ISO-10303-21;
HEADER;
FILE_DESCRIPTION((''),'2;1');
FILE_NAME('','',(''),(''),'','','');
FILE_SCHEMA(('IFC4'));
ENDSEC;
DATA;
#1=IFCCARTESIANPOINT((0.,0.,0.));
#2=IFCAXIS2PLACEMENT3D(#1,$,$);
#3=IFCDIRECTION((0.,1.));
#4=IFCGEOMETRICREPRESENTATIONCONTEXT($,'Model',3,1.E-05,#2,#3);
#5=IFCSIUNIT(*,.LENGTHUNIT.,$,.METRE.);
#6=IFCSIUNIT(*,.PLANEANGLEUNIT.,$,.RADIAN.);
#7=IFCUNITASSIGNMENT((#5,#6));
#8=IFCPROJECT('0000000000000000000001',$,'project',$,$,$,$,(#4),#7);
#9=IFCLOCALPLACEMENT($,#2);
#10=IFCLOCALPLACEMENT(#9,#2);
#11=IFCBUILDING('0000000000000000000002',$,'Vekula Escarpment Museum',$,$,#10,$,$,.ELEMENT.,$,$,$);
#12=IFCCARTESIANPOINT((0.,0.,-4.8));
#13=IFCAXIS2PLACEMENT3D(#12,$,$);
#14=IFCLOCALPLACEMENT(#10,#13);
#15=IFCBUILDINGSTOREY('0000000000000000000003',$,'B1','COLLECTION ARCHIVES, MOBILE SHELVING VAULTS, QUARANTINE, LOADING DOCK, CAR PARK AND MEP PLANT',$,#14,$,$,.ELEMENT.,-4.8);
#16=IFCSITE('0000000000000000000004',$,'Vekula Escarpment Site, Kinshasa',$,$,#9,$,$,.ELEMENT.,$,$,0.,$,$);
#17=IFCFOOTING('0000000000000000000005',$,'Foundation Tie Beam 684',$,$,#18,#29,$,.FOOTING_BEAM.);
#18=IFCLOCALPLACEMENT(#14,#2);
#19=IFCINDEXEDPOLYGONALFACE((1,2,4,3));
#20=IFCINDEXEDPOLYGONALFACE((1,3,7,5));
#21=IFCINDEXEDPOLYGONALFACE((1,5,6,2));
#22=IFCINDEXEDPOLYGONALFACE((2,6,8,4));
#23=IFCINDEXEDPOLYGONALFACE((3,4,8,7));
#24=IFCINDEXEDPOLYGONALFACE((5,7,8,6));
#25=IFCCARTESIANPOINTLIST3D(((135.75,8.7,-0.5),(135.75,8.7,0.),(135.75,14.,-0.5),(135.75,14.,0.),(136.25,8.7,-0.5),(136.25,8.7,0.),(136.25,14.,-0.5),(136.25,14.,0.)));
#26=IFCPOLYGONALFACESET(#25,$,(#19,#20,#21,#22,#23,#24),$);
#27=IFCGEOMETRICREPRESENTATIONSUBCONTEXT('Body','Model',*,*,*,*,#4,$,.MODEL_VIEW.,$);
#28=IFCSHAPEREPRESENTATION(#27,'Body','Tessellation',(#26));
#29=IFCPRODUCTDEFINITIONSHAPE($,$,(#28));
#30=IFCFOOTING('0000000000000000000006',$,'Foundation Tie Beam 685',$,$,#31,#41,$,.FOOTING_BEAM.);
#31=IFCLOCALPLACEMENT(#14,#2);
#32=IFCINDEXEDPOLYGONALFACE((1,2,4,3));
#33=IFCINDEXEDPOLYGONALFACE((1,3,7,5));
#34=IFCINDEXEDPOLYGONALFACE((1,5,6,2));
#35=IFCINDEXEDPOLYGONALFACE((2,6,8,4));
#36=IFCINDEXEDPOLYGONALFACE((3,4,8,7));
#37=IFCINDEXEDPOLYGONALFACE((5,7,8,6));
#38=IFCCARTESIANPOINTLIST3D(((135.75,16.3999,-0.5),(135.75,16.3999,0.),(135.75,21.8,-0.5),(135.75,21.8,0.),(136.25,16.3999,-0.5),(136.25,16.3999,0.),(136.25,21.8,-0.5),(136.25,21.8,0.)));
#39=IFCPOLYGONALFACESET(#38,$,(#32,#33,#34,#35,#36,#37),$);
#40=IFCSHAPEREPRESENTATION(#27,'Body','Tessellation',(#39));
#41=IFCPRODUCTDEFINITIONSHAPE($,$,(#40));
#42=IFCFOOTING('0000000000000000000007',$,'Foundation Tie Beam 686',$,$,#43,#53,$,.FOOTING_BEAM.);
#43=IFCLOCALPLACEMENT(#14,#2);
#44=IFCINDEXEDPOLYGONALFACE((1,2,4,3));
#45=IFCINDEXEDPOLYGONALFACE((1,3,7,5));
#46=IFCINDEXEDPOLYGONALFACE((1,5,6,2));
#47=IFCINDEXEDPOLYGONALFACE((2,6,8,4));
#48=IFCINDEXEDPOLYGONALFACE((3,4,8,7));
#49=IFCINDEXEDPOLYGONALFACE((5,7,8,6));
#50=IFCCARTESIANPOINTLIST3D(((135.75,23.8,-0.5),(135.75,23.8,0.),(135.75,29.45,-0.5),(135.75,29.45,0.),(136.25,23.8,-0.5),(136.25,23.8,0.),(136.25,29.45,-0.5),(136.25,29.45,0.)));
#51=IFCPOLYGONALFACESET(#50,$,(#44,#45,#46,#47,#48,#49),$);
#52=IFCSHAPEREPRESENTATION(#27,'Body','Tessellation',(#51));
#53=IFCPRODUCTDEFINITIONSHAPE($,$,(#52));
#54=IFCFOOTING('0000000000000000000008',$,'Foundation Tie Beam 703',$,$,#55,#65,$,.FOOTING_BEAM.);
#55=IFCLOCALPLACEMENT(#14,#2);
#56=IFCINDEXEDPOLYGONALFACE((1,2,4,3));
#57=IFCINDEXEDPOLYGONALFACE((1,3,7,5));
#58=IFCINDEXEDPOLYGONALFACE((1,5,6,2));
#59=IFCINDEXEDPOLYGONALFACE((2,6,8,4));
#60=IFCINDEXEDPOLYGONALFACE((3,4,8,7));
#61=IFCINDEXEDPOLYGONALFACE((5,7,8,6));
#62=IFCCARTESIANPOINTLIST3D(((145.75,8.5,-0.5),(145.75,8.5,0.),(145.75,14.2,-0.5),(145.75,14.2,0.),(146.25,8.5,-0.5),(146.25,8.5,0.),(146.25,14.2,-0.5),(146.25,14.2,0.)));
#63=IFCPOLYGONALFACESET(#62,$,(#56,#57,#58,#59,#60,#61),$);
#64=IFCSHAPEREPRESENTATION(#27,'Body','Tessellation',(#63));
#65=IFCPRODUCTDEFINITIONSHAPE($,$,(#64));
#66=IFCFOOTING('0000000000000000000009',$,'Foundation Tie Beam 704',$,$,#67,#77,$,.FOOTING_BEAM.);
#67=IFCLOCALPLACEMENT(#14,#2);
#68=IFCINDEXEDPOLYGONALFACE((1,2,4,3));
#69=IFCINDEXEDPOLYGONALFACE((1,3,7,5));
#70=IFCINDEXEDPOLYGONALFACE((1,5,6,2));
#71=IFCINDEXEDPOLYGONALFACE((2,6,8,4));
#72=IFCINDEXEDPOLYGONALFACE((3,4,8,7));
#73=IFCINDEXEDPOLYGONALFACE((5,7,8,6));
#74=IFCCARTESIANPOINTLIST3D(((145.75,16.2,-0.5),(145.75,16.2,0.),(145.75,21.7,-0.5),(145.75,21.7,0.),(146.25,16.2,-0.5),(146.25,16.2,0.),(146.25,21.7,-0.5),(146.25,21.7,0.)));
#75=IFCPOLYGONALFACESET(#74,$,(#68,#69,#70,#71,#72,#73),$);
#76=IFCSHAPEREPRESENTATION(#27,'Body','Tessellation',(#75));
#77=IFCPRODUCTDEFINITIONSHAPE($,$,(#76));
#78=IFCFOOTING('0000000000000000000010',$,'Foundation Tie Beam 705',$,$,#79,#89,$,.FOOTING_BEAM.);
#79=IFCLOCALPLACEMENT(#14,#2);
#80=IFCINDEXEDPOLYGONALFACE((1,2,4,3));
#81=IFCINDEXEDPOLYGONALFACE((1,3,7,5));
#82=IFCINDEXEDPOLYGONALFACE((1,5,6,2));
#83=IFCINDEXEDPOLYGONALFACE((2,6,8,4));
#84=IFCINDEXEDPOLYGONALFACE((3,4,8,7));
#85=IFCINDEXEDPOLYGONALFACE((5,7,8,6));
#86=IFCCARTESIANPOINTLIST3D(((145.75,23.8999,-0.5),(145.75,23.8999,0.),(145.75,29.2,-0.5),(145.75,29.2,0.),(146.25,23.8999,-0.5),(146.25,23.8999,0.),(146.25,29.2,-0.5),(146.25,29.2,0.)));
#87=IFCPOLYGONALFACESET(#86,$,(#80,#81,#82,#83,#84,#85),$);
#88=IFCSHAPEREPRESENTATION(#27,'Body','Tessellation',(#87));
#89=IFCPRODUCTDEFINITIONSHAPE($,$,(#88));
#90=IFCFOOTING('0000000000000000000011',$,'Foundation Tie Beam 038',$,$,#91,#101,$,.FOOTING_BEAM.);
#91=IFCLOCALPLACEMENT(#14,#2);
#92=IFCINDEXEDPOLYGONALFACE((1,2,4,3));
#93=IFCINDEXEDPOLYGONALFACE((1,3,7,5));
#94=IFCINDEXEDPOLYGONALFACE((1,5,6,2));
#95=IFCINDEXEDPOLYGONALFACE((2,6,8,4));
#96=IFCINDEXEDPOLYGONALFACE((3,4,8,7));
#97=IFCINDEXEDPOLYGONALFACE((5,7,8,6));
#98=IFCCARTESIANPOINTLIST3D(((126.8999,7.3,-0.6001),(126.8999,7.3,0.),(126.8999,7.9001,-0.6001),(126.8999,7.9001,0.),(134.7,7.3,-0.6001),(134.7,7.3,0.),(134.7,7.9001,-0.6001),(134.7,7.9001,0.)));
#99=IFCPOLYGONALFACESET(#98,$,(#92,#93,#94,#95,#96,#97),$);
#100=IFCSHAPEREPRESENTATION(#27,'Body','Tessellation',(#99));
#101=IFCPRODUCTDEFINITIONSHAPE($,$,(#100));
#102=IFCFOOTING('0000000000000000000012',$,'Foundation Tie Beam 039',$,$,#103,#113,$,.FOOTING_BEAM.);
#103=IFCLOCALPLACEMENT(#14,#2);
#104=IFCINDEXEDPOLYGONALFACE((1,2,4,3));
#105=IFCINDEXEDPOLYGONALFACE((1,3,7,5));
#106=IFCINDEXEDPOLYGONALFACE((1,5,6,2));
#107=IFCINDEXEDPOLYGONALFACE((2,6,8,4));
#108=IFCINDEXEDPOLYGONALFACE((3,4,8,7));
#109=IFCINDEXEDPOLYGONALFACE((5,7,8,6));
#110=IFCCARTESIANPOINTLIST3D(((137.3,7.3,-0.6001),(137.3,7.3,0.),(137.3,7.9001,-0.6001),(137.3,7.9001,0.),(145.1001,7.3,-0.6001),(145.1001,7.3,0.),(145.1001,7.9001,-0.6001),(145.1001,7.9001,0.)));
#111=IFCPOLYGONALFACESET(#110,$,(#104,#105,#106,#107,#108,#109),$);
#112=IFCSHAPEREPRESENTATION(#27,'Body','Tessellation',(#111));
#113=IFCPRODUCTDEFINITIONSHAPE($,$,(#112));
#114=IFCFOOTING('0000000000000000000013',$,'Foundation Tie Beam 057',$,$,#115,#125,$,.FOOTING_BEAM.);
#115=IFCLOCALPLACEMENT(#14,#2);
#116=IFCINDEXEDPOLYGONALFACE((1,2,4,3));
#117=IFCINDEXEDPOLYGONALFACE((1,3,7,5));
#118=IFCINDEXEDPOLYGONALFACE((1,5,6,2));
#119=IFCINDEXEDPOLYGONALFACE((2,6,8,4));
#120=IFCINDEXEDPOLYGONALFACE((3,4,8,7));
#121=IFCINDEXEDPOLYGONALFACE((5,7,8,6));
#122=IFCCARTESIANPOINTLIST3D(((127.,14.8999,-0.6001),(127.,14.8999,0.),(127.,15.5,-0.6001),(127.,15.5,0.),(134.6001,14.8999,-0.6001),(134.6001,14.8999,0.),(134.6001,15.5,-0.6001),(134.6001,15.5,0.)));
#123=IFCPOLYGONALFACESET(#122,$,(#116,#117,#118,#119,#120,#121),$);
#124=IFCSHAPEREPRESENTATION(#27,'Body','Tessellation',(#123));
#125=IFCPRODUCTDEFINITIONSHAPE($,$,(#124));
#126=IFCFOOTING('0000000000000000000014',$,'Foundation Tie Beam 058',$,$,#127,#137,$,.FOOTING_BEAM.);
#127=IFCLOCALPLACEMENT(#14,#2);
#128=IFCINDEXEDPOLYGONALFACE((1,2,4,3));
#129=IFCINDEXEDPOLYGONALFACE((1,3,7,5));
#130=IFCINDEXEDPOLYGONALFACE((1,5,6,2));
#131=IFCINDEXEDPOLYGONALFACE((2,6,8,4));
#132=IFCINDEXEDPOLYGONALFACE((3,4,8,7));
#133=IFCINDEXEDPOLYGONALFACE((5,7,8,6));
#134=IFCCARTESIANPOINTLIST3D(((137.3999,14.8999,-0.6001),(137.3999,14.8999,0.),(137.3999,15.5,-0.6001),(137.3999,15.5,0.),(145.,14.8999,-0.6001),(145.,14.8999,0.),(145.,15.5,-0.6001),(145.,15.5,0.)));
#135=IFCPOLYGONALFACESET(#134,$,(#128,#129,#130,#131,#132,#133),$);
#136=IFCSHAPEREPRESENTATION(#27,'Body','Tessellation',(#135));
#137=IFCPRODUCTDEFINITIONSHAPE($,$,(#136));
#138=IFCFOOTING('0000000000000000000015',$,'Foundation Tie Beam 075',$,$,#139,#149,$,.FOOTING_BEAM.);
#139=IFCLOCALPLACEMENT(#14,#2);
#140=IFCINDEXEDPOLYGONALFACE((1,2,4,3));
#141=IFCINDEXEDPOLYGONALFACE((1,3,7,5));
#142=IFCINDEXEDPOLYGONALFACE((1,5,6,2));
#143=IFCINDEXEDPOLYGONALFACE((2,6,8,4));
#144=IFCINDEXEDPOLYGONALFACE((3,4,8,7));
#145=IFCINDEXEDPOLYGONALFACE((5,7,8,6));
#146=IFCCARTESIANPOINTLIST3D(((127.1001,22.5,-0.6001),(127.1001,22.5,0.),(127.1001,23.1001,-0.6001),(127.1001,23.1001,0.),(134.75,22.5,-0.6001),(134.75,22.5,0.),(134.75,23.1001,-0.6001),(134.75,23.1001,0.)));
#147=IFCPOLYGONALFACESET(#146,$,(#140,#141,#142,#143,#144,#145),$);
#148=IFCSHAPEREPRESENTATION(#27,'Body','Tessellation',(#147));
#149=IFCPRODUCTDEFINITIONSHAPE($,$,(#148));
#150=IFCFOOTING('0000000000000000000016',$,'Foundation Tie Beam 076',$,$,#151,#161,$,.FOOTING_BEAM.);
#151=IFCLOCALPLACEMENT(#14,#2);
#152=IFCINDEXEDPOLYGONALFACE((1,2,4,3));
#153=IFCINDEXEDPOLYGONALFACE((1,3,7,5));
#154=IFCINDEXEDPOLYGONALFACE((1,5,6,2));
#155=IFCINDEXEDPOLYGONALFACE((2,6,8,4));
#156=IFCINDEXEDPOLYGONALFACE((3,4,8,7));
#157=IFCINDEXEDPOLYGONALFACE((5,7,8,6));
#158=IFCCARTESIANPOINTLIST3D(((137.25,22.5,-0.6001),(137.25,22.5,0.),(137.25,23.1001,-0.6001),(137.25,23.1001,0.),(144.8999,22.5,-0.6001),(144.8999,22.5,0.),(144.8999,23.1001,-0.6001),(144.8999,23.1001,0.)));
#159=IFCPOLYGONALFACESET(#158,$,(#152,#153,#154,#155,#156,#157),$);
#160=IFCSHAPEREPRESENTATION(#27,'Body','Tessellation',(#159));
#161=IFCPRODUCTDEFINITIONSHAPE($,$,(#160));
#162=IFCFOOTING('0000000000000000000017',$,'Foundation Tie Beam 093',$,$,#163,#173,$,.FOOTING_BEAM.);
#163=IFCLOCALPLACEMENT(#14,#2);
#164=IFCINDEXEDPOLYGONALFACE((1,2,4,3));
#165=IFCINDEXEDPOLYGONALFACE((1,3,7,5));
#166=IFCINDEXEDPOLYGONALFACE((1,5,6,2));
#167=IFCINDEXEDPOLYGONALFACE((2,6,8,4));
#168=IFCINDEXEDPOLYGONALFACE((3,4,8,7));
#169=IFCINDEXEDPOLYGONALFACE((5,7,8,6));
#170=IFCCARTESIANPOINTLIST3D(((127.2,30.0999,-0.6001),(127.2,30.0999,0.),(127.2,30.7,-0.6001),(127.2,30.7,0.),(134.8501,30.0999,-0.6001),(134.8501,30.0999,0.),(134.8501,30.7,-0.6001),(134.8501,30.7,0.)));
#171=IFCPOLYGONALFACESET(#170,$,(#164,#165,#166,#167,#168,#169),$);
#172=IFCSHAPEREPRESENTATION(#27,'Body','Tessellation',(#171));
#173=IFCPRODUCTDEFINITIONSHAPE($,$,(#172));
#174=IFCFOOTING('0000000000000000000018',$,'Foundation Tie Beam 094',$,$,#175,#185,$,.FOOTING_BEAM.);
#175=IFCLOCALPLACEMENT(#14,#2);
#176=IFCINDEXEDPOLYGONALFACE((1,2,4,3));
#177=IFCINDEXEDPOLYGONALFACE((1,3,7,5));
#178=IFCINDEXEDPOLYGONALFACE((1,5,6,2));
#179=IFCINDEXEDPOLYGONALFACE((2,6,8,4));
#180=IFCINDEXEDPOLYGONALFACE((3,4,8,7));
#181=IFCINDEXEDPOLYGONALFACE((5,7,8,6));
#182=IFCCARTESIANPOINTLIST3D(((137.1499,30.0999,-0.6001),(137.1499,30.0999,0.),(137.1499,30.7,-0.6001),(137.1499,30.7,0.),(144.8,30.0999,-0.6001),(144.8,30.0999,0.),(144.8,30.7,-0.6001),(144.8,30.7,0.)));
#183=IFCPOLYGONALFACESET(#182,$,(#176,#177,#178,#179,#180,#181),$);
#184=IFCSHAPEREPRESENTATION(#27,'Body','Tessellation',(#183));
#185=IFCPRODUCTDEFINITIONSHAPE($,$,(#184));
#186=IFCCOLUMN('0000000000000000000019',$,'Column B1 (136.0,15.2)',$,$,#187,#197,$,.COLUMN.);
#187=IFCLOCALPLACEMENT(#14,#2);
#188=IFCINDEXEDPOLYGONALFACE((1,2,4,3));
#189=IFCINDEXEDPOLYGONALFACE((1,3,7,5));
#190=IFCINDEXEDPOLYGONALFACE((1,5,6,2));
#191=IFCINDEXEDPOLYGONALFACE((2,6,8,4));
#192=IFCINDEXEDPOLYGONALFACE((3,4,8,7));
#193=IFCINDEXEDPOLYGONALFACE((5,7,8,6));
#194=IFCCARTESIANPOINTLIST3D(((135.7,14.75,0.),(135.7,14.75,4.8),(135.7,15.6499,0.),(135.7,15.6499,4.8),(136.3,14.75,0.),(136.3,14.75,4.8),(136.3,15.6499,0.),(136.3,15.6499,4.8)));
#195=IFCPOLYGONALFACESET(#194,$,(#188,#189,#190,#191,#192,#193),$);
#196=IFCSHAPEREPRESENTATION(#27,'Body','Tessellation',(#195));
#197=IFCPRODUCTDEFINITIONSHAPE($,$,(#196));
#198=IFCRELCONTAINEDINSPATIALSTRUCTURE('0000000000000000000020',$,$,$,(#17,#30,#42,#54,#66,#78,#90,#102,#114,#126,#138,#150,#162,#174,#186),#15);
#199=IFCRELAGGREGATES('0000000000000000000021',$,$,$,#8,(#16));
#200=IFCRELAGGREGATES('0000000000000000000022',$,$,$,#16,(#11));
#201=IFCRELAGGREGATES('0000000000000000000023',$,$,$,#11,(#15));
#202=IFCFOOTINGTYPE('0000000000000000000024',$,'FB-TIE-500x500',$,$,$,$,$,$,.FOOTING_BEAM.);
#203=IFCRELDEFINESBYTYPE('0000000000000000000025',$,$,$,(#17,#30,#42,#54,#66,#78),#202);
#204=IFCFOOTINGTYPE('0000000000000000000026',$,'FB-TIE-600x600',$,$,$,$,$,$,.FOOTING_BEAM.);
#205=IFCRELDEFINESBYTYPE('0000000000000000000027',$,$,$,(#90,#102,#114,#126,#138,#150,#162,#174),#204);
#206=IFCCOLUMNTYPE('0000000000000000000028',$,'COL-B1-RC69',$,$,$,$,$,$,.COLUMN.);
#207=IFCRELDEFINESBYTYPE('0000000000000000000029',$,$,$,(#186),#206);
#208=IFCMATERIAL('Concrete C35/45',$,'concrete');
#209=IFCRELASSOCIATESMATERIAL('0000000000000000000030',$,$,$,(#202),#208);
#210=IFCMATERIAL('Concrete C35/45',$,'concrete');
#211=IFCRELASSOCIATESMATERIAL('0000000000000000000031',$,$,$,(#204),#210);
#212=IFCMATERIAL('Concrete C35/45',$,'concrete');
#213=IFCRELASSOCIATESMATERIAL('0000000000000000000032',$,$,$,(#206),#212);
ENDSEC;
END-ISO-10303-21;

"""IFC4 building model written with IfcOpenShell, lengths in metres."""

from ifc_helpers import new_model, si_unit, direction, frame, origin, origin_2d, place, context, subcontext, project, spatial, rectangle, extrude, material, material_profile, profile_set, type_object, element, save


model = new_model("IFC4")

# Units and contexts
model_context = context("Model", 3, precision=1e-05, world=origin(), true_north=direction((0.0, 1.0)))
body_context = subcontext(model_context, "Body", "Model", "MODEL_VIEW")
ifc_project = project(units=[si_unit("LENGTHUNIT", "METRE"), si_unit("PLANEANGLEUNIT", "RADIAN")], contexts=[model_context])

# Site, building, storey
site_placement = place(None, origin())
site = spatial("IfcSite", under=ifc_project, at=site_placement, Name="Vekula Escarpment Site, Kinshasa", CompositionType="ELEMENT", RefElevation=0.0)
building_placement = place(site_placement, origin())
building = spatial("IfcBuilding", under=site, at=building_placement, Name="Vekula Escarpment Museum", CompositionType="ELEMENT")
storey_placement = place(building_placement, frame((0.0, 0.0, -4.8)))
storey = spatial("IfcBuildingStorey", under=building, at=storey_placement, Name="B1", Description="COLLECTION ARCHIVES, MOBILE SHELVING VAULTS, QUARANTINE, LOADING DOCK, CAR PARK AND MEP PLANT", CompositionType="ELEMENT", Elevation=-4.8)

# Footings
ifc_material_1 = material(Name="Concrete C35/45", Category="concrete")
ifc_material_profile_1 = material_profile(ifc_material_1, rectangle(XDim=0.5, YDim=0.5, at=origin_2d()), Name="RC 500x500")
ifc_profile_set_1 = profile_set([ifc_material_profile_1], Name="Concrete C35/45")
footing_type_1 = type_object("IfcFootingType", Name="FB-TIE-500x500", PredefinedType="FOOTING_BEAM", material=ifc_profile_set_1)
footing_1_placement = place(storey_placement, frame((136.0, 8.7, -0.25), z_axis=(0.0, 1.0, 0.0), x_axis=(-1.0, 0.0, 0.0)))
element("IfcFooting", 1, at=footing_1_placement, inside=storey, type_object=footing_type_1, Name="Foundation Tie Beam 684", PredefinedType="FOOTING_BEAM", context=body_context, shape_type="SweptSolid", body=[
    extrude(rectangle(XDim=0.5, YDim=0.5, at=origin_2d()), origin(), (0.0, 0.0, 1.0), 5.3),
])
footing_2_placement = place(storey_placement, frame((136.0, 16.3999, -0.25), z_axis=(0.0, 1.0, 0.0), x_axis=(-1.0, 0.0, 0.0)))
element("IfcFooting", 2, at=footing_2_placement, inside=storey, type_object=footing_type_1, Name="Foundation Tie Beam 685", PredefinedType="FOOTING_BEAM", context=body_context, shape_type="SweptSolid", body=[
    extrude(rectangle(XDim=0.5, YDim=0.5, at=origin_2d()), origin(), (0.0, 0.0, 1.0), 5.4001),
])
footing_3_placement = place(storey_placement, frame((136.0, 23.8, -0.25), z_axis=(0.0, 1.0, 0.0), x_axis=(-1.0, 0.0, 0.0)))
element("IfcFooting", 3, at=footing_3_placement, inside=storey, type_object=footing_type_1, Name="Foundation Tie Beam 686", PredefinedType="FOOTING_BEAM", context=body_context, shape_type="SweptSolid", body=[
    extrude(rectangle(XDim=0.5, YDim=0.5, at=origin_2d()), origin(), (0.0, 0.0, 1.0), 5.6499),
])
footing_4_placement = place(storey_placement, frame((146.0, 8.5, -0.25), z_axis=(0.0, 1.0, 0.0), x_axis=(-1.0, 0.0, 0.0)))
element("IfcFooting", 4, at=footing_4_placement, inside=storey, type_object=footing_type_1, Name="Foundation Tie Beam 703", PredefinedType="FOOTING_BEAM", context=body_context, shape_type="SweptSolid", body=[
    extrude(rectangle(XDim=0.5, YDim=0.5, at=origin_2d()), origin(), (0.0, 0.0, 1.0), 5.7),
])
footing_5_placement = place(storey_placement, frame((146.0, 16.2, -0.25), z_axis=(0.0, 1.0, 0.0), x_axis=(-1.0, 0.0, 0.0)))
element("IfcFooting", 5, at=footing_5_placement, inside=storey, type_object=footing_type_1, Name="Foundation Tie Beam 704", PredefinedType="FOOTING_BEAM", context=body_context, shape_type="SweptSolid", body=[
    extrude(rectangle(XDim=0.5, YDim=0.5, at=origin_2d()), origin(), (0.0, 0.0, 1.0), 5.5),
])
footing_6_placement = place(storey_placement, frame((146.0, 23.8999, -0.25), z_axis=(0.0, 1.0, 0.0), x_axis=(-1.0, 0.0, 0.0)))
element("IfcFooting", 6, at=footing_6_placement, inside=storey, type_object=footing_type_1, Name="Foundation Tie Beam 705", PredefinedType="FOOTING_BEAM", context=body_context, shape_type="SweptSolid", body=[
    extrude(rectangle(XDim=0.5, YDim=0.5, at=origin_2d()), origin(), (0.0, 0.0, 1.0), 5.3),
])
ifc_material_2 = material(Name="Concrete C35/45", Category="concrete")
ifc_material_profile_2 = material_profile(ifc_material_2, rectangle(XDim=0.6001, YDim=0.6001, at=origin_2d()), Name="RC 600x600")
ifc_profile_set_2 = profile_set([ifc_material_profile_2], Name="Concrete C35/45")
footing_type_2 = type_object("IfcFootingType", Name="FB-TIE-600x600", PredefinedType="FOOTING_BEAM", material=ifc_profile_set_2)
for number, where, z_axis, x_axis, name in (
    (7, (126.8999, 7.6001, -0.3), (1.0, 0.0, 0.0), (0.0, 1.0, 0.0), "Foundation Tie Beam 038"),
    (8, (137.3, 7.6001, -0.3), (1.0, 0.0, 0.0), (0.0, 1.0, 0.0), "Foundation Tie Beam 039"),
):
    element("IfcFooting", number, at=place(storey_placement, frame(where, z_axis=z_axis, x_axis=x_axis)), inside=storey, type_object=footing_type_2, Name=name, PredefinedType="FOOTING_BEAM", context=body_context, shape_type="SweptSolid", body=[
        extrude(rectangle(XDim=0.6001, YDim=0.6001, at=origin_2d()), origin(), (0.0, 0.0, 1.0), 7.8),
    ])
for number, where, z_axis, x_axis, name in (
    (9, (127.0, 15.2, -0.3), (1.0, 0.0, 0.0), (0.0, 1.0, 0.0), "Foundation Tie Beam 057"),
    (10, (137.3999, 15.2, -0.3), (1.0, 0.0, 0.0), (0.0, 1.0, 0.0), "Foundation Tie Beam 058"),
):
    element("IfcFooting", number, at=place(storey_placement, frame(where, z_axis=z_axis, x_axis=x_axis)), inside=storey, type_object=footing_type_2, Name=name, PredefinedType="FOOTING_BEAM", context=body_context, shape_type="SweptSolid", body=[
        extrude(rectangle(XDim=0.6001, YDim=0.6001, at=origin_2d()), origin(), (0.0, 0.0, 1.0), 7.6001),
    ])
for number, where, z_axis, x_axis, name in (
    (11, (127.1001, 22.8, -0.3), (1.0, 0.0, 0.0), (0.0, 1.0, 0.0), "Foundation Tie Beam 075"),
    (12, (137.25, 22.8, -0.3), (1.0, 0.0, 0.0), (0.0, 1.0, 0.0), "Foundation Tie Beam 076"),
):
    element("IfcFooting", number, at=place(storey_placement, frame(where, z_axis=z_axis, x_axis=x_axis)), inside=storey, type_object=footing_type_2, Name=name, PredefinedType="FOOTING_BEAM", context=body_context, shape_type="SweptSolid", body=[
        extrude(rectangle(XDim=0.6001, YDim=0.6001, at=origin_2d()), origin(), (0.0, 0.0, 1.0), 7.6499),
    ])
for number, where, z_axis, x_axis, name in (
    (13, (127.2, 30.3999, -0.3), (1.0, 0.0, 0.0), (0.0, 1.0, 0.0), "Foundation Tie Beam 093"),
    (14, (137.1499, 30.3999, -0.3), (1.0, 0.0, 0.0), (0.0, 1.0, 0.0), "Foundation Tie Beam 094"),
):
    element("IfcFooting", number, at=place(storey_placement, frame(where, z_axis=z_axis, x_axis=x_axis)), inside=storey, type_object=footing_type_2, Name=name, PredefinedType="FOOTING_BEAM", context=body_context, shape_type="SweptSolid", body=[
        extrude(rectangle(XDim=0.6001, YDim=0.6001, at=origin_2d()), origin(), (0.0, 0.0, 1.0), 7.6501),
    ])

# Column
ifc_material_3 = material(Name="Concrete C35/45", Category="concrete")
ifc_material_profile_3 = material_profile(ifc_material_3, rectangle(XDim=0.6001, YDim=0.8999, at=origin_2d()), Name="RC 600x900")
ifc_profile_set_3 = profile_set([ifc_material_profile_3], Name="Concrete C35/45")
column_type_1 = type_object("IfcColumnType", Name="COL-B1-RC69", PredefinedType="COLUMN", material=ifc_profile_set_3)
for number, where, z_axis, x_axis, name in (
    (15, (136.0, 15.2, 0.0), (0.0, 0.0, 1.0), (1.0, 0.0, 0.0), "Column B1 (136.0,15.2)"),
):
    element("IfcColumn", number, at=place(storey_placement, frame(where, z_axis=z_axis, x_axis=x_axis)), inside=storey, type_object=column_type_1, Name=name, PredefinedType="COLUMN", context=body_context, shape_type="SweptSolid", body=[
        extrude(rectangle(XDim=0.6001, YDim=0.8999, at=origin_2d()), origin(), (0.0, 0.0, 1.0), 4.8),
    ])

save(model, "model.ifc")
